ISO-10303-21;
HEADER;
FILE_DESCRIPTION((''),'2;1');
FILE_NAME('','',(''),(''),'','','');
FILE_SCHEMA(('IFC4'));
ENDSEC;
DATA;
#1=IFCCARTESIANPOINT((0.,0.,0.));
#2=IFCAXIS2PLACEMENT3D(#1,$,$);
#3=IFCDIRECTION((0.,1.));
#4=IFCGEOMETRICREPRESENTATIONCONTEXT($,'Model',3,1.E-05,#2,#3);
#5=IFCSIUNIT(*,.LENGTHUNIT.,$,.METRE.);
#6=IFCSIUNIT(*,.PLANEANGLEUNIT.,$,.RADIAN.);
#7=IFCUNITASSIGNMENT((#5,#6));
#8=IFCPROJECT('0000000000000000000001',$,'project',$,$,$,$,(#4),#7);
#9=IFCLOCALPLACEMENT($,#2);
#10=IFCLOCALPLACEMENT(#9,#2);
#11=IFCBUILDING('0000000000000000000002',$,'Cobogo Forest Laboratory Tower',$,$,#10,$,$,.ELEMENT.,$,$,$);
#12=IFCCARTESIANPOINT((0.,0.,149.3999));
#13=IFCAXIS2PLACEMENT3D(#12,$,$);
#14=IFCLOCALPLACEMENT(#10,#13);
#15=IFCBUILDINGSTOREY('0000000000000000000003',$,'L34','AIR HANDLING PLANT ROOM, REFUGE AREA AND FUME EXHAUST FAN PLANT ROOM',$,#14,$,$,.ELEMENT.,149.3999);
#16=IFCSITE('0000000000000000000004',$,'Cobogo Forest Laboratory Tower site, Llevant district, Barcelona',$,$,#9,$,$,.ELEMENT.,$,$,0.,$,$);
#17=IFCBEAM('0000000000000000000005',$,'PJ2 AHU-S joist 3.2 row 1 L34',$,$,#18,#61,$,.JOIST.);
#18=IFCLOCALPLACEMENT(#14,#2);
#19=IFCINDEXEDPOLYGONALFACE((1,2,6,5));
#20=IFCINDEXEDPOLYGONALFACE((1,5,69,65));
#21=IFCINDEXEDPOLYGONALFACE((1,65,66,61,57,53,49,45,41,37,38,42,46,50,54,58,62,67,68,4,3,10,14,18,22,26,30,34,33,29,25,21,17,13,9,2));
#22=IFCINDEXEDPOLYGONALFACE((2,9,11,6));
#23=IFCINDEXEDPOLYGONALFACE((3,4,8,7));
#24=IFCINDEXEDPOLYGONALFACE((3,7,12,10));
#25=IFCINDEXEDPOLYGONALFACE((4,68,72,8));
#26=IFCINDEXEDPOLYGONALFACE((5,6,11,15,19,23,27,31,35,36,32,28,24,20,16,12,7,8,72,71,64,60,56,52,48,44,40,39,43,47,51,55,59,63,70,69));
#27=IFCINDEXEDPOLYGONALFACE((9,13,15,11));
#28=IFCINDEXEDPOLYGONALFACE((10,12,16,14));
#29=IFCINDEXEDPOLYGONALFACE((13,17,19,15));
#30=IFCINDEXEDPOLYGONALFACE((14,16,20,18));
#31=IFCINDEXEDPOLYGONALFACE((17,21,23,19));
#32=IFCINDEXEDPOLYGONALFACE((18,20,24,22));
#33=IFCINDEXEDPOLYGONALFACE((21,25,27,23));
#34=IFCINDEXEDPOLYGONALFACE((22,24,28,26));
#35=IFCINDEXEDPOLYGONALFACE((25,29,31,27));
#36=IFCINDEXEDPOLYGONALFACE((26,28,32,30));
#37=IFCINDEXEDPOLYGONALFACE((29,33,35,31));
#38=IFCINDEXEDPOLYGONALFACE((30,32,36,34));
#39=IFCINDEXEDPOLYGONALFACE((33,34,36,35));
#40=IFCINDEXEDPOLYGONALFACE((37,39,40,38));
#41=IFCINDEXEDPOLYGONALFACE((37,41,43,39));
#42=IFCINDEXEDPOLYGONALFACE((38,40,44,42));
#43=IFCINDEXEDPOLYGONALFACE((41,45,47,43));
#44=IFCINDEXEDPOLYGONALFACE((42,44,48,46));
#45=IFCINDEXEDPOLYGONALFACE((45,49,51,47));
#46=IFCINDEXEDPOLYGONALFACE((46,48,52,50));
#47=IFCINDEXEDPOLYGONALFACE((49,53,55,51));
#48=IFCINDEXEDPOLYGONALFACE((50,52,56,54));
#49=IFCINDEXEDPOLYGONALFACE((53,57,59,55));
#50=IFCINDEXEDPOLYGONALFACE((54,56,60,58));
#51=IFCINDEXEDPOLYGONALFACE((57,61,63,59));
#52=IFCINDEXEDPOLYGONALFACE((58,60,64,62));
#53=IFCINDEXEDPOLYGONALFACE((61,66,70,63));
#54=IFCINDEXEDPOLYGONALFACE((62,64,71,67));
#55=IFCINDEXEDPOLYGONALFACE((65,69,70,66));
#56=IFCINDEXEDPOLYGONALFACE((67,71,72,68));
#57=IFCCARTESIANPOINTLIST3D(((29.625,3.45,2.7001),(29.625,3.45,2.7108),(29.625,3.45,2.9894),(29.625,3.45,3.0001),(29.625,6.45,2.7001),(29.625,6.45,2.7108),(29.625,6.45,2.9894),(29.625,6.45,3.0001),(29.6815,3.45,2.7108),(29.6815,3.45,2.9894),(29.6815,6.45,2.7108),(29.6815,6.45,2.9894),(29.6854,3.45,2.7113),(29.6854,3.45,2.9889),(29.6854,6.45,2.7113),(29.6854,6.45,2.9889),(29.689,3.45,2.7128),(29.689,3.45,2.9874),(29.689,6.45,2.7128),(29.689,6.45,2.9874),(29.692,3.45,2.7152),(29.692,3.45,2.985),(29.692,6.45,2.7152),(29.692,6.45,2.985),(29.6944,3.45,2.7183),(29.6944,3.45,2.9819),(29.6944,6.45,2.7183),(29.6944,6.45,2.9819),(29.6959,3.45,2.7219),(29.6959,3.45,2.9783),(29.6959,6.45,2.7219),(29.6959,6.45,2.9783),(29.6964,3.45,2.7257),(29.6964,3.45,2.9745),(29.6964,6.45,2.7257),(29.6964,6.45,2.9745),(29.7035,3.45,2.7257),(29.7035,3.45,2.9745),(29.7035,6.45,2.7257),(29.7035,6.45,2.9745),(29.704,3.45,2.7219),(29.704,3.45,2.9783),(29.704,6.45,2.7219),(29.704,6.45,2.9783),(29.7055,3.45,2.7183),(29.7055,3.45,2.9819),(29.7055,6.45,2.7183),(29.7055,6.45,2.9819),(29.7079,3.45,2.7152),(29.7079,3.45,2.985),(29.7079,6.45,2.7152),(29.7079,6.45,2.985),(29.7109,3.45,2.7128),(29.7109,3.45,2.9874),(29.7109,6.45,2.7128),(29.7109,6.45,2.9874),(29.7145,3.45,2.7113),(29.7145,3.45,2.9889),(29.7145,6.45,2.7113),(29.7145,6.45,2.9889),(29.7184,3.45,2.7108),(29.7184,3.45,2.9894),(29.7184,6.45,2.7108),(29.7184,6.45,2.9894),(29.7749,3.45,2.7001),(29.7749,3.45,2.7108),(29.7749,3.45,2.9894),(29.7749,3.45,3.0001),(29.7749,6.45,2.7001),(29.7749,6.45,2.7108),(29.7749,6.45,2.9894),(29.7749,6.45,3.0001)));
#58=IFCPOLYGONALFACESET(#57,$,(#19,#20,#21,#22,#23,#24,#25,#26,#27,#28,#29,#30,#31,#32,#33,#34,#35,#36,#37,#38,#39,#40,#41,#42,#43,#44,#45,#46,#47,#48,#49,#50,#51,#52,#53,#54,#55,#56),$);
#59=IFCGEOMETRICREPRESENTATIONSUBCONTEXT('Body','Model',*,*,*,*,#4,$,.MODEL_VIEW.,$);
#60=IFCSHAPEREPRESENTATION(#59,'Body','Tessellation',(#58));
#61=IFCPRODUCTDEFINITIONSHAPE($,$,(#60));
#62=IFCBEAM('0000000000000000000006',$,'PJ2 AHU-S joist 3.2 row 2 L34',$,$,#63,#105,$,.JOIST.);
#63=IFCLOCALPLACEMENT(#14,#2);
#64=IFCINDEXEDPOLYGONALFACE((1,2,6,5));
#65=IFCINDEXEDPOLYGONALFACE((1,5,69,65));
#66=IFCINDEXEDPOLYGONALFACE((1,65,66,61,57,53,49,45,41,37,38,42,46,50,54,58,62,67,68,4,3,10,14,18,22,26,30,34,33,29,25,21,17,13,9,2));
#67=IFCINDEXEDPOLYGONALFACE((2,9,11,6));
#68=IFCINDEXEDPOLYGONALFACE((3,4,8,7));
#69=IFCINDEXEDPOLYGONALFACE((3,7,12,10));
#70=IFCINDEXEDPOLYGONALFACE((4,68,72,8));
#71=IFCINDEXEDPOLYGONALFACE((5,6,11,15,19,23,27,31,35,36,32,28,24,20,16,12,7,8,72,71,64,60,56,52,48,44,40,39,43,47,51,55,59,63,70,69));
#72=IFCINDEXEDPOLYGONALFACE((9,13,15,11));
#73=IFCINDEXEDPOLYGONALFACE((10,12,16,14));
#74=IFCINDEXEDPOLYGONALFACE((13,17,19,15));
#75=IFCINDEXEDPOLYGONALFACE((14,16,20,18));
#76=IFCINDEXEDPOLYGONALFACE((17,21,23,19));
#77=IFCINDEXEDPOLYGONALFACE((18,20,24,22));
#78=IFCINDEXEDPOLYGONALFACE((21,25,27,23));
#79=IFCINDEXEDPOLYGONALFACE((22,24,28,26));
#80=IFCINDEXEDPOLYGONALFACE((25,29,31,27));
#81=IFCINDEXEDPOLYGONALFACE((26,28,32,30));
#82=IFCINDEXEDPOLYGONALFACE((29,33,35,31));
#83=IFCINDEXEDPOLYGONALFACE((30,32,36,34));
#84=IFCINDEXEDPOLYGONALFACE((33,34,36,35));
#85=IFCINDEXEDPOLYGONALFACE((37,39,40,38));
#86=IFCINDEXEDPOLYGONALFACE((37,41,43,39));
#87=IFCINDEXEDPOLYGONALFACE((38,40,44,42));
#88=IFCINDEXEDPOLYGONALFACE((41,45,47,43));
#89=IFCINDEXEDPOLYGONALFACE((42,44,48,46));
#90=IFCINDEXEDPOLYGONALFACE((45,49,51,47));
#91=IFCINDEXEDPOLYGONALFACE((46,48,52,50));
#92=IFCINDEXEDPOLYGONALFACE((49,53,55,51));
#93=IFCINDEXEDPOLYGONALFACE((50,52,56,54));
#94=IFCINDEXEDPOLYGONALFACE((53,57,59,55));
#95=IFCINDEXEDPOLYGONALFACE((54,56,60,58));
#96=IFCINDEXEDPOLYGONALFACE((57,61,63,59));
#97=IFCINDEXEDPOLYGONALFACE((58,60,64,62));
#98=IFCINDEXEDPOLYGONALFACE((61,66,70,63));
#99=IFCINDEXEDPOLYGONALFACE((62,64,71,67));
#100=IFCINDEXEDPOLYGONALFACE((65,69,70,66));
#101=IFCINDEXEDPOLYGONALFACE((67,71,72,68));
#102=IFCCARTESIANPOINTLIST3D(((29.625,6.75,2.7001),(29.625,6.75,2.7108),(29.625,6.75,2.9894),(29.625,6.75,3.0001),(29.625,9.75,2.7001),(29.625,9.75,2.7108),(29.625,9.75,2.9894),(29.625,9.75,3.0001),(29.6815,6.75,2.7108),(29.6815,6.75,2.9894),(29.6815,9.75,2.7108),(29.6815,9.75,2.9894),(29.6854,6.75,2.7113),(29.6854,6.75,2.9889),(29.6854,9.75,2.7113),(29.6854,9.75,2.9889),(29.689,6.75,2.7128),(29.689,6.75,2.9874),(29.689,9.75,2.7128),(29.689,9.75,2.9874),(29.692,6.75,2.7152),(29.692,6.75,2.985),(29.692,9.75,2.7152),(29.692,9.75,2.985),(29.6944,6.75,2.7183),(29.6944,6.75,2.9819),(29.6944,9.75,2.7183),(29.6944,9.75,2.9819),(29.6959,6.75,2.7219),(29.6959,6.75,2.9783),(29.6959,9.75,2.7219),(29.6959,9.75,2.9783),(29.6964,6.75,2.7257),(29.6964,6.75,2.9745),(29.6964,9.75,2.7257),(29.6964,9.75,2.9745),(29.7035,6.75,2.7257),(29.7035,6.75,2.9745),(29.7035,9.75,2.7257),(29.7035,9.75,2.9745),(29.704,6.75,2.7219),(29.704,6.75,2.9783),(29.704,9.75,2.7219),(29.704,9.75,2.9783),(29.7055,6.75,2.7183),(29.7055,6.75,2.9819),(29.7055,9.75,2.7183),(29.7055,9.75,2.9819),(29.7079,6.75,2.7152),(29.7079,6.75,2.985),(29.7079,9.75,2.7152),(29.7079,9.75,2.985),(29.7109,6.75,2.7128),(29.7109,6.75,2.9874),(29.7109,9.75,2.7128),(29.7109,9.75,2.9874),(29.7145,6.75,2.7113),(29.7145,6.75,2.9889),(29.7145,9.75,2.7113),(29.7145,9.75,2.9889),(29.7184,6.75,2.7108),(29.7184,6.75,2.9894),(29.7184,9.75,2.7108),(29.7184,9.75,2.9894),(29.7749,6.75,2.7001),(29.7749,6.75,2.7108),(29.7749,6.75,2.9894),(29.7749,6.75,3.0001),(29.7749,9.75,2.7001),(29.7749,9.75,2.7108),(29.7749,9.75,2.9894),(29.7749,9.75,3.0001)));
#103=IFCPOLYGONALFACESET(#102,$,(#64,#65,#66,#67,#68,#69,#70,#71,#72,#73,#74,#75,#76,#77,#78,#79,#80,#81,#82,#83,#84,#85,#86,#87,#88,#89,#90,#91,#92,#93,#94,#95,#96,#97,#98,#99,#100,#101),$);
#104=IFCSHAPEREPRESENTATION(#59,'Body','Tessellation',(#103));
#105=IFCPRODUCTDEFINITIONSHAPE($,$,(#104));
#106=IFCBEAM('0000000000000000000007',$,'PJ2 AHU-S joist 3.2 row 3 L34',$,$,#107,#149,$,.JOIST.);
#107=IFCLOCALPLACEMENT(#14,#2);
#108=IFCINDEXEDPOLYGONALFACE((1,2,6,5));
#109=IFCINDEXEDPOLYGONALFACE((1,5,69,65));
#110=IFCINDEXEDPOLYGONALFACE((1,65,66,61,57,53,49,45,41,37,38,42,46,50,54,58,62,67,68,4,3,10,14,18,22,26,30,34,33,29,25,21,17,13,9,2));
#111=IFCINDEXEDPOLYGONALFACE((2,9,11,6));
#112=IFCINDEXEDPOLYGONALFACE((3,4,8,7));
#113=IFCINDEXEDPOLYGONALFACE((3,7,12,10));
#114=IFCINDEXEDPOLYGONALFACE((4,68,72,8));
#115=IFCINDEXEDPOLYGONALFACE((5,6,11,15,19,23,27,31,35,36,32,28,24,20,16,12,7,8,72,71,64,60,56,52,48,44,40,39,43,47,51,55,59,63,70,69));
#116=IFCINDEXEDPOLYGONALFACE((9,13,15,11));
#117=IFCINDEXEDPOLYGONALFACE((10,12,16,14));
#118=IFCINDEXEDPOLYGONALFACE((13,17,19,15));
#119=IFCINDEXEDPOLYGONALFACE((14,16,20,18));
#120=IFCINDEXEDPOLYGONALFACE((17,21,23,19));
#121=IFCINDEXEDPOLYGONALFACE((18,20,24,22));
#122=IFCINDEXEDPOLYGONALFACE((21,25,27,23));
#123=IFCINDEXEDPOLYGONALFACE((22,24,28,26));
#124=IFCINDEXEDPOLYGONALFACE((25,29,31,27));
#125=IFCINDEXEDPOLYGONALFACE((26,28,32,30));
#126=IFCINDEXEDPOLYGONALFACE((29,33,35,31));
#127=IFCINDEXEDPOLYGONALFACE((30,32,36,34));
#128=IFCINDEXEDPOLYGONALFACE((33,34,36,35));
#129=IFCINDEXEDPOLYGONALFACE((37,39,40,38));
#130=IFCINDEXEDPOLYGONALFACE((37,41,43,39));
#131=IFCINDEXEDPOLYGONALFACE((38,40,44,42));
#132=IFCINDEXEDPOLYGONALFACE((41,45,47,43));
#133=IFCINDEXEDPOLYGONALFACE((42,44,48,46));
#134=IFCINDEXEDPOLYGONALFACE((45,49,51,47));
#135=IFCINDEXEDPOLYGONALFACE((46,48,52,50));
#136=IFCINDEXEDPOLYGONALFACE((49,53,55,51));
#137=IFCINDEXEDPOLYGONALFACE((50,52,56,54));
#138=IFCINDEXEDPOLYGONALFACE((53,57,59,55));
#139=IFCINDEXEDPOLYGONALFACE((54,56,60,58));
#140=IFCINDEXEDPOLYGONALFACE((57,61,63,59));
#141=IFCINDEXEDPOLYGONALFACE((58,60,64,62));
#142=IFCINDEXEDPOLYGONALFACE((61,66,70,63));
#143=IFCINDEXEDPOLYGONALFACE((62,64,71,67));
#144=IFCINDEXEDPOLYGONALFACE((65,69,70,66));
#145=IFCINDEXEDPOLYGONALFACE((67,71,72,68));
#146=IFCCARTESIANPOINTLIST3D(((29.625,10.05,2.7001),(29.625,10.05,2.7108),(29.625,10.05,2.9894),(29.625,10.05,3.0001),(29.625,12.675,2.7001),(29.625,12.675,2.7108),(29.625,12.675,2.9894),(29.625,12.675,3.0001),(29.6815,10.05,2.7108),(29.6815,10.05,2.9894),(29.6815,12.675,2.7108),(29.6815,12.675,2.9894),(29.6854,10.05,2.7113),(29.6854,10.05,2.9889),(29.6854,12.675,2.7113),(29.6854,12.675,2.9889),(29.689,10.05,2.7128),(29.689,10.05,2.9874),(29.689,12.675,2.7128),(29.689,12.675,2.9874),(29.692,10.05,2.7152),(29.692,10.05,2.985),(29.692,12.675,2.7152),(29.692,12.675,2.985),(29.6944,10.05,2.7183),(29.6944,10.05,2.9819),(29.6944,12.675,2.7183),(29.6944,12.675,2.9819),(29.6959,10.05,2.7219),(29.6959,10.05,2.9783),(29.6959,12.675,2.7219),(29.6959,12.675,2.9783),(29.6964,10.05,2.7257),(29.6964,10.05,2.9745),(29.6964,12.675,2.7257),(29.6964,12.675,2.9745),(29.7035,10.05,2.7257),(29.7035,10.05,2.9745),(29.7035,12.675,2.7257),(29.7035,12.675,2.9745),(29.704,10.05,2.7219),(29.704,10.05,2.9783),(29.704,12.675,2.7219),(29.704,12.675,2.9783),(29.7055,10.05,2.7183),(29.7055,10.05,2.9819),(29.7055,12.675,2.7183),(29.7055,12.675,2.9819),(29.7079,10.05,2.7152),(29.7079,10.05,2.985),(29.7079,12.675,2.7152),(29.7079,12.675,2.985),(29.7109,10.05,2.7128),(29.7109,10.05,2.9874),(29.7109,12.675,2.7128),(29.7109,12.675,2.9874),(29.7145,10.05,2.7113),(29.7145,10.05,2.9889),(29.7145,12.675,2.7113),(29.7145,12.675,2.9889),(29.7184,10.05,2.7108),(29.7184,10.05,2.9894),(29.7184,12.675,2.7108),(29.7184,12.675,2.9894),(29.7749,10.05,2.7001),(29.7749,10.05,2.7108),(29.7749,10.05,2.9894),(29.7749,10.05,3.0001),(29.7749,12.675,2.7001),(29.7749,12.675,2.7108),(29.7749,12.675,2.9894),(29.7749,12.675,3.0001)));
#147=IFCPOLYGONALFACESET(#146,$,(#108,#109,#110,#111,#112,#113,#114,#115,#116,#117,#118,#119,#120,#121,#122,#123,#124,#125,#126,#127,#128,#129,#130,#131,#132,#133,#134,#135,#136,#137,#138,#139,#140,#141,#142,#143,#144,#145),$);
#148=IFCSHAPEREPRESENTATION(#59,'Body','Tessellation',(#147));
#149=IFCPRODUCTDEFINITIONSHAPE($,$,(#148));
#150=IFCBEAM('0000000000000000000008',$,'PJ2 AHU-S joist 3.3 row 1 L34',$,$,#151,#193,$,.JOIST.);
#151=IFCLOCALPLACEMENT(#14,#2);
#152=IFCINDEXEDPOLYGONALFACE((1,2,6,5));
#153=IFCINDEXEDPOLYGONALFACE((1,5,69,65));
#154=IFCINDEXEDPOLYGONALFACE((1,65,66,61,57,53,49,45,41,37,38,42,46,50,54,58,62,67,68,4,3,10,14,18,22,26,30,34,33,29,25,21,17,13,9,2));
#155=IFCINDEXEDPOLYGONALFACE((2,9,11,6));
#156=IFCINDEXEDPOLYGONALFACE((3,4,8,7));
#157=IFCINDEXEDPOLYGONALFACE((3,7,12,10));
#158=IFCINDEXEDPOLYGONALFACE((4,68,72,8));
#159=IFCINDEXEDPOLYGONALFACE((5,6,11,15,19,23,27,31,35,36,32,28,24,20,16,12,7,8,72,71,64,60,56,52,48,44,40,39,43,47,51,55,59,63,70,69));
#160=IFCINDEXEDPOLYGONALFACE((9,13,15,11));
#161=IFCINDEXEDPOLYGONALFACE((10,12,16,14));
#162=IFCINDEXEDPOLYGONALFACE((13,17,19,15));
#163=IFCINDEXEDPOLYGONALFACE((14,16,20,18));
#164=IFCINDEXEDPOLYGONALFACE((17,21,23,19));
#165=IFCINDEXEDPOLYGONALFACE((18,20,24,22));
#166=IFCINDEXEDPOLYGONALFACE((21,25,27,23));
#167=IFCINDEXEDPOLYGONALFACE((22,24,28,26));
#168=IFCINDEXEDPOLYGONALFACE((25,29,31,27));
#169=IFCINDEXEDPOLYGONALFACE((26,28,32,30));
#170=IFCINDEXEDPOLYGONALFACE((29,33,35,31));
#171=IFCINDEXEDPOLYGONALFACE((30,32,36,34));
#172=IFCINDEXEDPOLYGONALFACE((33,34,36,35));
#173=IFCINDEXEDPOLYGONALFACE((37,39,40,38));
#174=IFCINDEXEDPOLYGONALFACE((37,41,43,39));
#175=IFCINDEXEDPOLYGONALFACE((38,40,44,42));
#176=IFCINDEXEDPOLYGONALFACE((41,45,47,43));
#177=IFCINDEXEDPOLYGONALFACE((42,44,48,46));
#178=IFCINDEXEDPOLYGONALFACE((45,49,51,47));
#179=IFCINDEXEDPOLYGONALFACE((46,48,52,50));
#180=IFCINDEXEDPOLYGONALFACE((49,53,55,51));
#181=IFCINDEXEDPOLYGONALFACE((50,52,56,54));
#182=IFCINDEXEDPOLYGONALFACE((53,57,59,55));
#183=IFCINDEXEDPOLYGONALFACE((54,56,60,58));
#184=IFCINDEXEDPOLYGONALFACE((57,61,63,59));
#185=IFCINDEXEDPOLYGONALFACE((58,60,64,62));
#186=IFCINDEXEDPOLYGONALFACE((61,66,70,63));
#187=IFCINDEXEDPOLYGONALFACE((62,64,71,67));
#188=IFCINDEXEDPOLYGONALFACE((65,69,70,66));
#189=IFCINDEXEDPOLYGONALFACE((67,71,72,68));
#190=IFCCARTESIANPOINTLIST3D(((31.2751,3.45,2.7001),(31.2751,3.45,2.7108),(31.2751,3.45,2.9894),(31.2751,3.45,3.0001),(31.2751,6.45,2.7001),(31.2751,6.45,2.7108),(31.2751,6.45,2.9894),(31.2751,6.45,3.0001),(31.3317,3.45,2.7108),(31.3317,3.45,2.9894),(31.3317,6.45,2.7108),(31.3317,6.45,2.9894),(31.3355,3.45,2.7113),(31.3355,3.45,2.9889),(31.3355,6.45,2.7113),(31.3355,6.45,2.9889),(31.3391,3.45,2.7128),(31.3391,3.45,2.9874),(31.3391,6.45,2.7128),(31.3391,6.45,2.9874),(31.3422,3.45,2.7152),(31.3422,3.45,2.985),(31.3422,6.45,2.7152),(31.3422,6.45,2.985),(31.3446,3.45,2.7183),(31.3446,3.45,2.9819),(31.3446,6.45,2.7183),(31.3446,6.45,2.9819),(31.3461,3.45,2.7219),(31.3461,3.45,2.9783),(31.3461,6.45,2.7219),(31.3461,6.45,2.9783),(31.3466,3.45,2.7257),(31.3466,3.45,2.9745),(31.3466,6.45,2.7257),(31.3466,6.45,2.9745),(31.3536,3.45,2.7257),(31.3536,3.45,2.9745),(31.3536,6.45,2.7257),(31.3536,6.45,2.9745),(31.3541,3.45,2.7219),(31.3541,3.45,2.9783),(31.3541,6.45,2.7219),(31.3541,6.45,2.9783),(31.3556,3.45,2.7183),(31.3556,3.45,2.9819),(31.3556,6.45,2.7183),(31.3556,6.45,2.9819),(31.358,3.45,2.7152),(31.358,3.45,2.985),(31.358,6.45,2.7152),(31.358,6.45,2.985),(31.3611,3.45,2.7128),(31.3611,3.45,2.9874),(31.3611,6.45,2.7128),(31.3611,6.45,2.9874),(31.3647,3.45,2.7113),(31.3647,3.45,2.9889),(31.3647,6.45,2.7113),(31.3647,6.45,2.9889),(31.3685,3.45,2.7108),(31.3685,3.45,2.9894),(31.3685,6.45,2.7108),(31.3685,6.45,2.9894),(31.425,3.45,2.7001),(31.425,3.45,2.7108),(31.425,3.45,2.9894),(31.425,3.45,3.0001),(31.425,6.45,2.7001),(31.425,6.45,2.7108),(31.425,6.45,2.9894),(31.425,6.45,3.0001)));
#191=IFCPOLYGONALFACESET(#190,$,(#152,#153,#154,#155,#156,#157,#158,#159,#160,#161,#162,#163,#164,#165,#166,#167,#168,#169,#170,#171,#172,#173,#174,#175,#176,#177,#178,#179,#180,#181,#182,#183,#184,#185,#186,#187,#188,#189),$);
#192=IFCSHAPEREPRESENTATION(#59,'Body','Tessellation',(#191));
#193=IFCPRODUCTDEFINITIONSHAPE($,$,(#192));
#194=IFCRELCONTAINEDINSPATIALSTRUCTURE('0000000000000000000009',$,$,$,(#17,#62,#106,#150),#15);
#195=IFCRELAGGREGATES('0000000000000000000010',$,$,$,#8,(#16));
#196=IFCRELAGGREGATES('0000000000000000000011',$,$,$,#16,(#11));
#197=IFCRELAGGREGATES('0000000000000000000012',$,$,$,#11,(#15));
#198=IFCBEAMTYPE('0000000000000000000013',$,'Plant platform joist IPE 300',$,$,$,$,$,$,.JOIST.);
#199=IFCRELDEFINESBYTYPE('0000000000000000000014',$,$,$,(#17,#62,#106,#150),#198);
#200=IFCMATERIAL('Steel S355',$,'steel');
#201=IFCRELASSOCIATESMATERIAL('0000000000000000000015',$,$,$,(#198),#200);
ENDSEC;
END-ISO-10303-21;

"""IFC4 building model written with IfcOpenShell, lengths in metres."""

from ifc_helpers import new_model, si_unit, direction, frame, origin, origin_2d, place, context, subcontext, project, spatial, i_section, extrude, material, material_profile, profile_set, type_object, element, save


model = new_model("IFC4")

# Units and contexts
model_context = context("Model", 3, precision=1e-05, world=origin(), true_north=direction((0.0, 1.0)))
body_context = subcontext(model_context, "Body", "Model", "MODEL_VIEW")
ifc_project = project(units=[si_unit("LENGTHUNIT", "METRE"), si_unit("PLANEANGLEUNIT", "RADIAN")], contexts=[model_context])

# Site, building, storey
site_placement = place(None, origin())
site = spatial("IfcSite", under=ifc_project, at=site_placement, Name="Cobogo Forest Laboratory Tower site, Llevant district, Barcelona", CompositionType="ELEMENT", RefElevation=0.0)
building_placement = place(site_placement, origin())
building = spatial("IfcBuilding", under=site, at=building_placement, Name="Cobogo Forest Laboratory Tower", CompositionType="ELEMENT")
storey_placement = place(building_placement, frame((0.0, 0.0, 149.3999)))
storey = spatial("IfcBuildingStorey", under=building, at=storey_placement, Name="L34", Description="AIR HANDLING PLANT ROOM, REFUGE AREA AND FUME EXHAUST FAN PLANT ROOM", CompositionType="ELEMENT", Elevation=149.3999)

# Beams
ifc_material_1 = material(Name="Steel S355", Category="steel")
ifc_material_profile_1 = material_profile(ifc_material_1, i_section(OverallWidth=0.1499, OverallDepth=0.3, WebThickness=0.0071, FlangeThickness=0.0107, FilletRadius=0.0149, at=origin_2d()), Name="IPE 300")
ifc_profile_set_1 = profile_set([ifc_material_profile_1], Name="Steel S355")
beam_type_1 = type_object("IfcBeamType", Name="Plant platform joist IPE 300", PredefinedType="JOIST", material=ifc_profile_set_1)
for number, where, z_axis, x_axis, name in (
    (1, (29.7, 3.45, 2.8501), (0.0, 1.0, 0.0), (-1.0, 0.0, 0.0), "PJ2 AHU-S joist 3.2 row 1 L34"),
    (2, (29.7, 6.75, 2.8501), (0.0, 1.0, 0.0), (-1.0, 0.0, 0.0), "PJ2 AHU-S joist 3.2 row 2 L34"),
):
    element("IfcBeam", number, at=place(storey_placement, frame(where, z_axis=z_axis, x_axis=x_axis)), inside=storey, type_object=beam_type_1, Name=name, PredefinedType="JOIST", context=body_context, shape_type="SweptSolid", body=[
        extrude(i_section(OverallWidth=0.1499, OverallDepth=0.3, WebThickness=0.0071, FlangeThickness=0.0107, FilletRadius=0.0149, at=origin_2d()), origin(), (0.0, 0.0, 1.0), 3.0),
    ])
beam_1_placement = place(storey_placement, frame((29.7, 10.05, 2.8501), z_axis=(0.0, 1.0, 0.0), x_axis=(-1.0, 0.0, 0.0)))
element("IfcBeam", 3, at=beam_1_placement, inside=storey, type_object=beam_type_1, Name="PJ2 AHU-S joist 3.2 row 3 L34", PredefinedType="JOIST", context=body_context, shape_type="SweptSolid", body=[
    extrude(i_section(OverallWidth=0.1499, OverallDepth=0.3, WebThickness=0.0071, FlangeThickness=0.0107, FilletRadius=0.0149, at=origin_2d()), origin(), (0.0, 0.0, 1.0), 2.625),
])
for number, where, z_axis, x_axis, name in (
    (4, (31.3501, 3.45, 2.8501), (0.0, 1.0, 0.0), (-1.0, 0.0, 0.0), "PJ2 AHU-S joist 3.3 row 1 L34"),
):
    element("IfcBeam", number, at=place(storey_placement, frame(where, z_axis=z_axis, x_axis=x_axis)), inside=storey, type_object=beam_type_1, Name=name, PredefinedType="JOIST", context=body_context, shape_type="SweptSolid", body=[
        extrude(i_section(OverallWidth=0.1499, OverallDepth=0.3, WebThickness=0.0071, FlangeThickness=0.0107, FilletRadius=0.0149, at=origin_2d()), origin(), (0.0, 0.0, 1.0), 3.0),
    ])

save(model, "model.ifc")
